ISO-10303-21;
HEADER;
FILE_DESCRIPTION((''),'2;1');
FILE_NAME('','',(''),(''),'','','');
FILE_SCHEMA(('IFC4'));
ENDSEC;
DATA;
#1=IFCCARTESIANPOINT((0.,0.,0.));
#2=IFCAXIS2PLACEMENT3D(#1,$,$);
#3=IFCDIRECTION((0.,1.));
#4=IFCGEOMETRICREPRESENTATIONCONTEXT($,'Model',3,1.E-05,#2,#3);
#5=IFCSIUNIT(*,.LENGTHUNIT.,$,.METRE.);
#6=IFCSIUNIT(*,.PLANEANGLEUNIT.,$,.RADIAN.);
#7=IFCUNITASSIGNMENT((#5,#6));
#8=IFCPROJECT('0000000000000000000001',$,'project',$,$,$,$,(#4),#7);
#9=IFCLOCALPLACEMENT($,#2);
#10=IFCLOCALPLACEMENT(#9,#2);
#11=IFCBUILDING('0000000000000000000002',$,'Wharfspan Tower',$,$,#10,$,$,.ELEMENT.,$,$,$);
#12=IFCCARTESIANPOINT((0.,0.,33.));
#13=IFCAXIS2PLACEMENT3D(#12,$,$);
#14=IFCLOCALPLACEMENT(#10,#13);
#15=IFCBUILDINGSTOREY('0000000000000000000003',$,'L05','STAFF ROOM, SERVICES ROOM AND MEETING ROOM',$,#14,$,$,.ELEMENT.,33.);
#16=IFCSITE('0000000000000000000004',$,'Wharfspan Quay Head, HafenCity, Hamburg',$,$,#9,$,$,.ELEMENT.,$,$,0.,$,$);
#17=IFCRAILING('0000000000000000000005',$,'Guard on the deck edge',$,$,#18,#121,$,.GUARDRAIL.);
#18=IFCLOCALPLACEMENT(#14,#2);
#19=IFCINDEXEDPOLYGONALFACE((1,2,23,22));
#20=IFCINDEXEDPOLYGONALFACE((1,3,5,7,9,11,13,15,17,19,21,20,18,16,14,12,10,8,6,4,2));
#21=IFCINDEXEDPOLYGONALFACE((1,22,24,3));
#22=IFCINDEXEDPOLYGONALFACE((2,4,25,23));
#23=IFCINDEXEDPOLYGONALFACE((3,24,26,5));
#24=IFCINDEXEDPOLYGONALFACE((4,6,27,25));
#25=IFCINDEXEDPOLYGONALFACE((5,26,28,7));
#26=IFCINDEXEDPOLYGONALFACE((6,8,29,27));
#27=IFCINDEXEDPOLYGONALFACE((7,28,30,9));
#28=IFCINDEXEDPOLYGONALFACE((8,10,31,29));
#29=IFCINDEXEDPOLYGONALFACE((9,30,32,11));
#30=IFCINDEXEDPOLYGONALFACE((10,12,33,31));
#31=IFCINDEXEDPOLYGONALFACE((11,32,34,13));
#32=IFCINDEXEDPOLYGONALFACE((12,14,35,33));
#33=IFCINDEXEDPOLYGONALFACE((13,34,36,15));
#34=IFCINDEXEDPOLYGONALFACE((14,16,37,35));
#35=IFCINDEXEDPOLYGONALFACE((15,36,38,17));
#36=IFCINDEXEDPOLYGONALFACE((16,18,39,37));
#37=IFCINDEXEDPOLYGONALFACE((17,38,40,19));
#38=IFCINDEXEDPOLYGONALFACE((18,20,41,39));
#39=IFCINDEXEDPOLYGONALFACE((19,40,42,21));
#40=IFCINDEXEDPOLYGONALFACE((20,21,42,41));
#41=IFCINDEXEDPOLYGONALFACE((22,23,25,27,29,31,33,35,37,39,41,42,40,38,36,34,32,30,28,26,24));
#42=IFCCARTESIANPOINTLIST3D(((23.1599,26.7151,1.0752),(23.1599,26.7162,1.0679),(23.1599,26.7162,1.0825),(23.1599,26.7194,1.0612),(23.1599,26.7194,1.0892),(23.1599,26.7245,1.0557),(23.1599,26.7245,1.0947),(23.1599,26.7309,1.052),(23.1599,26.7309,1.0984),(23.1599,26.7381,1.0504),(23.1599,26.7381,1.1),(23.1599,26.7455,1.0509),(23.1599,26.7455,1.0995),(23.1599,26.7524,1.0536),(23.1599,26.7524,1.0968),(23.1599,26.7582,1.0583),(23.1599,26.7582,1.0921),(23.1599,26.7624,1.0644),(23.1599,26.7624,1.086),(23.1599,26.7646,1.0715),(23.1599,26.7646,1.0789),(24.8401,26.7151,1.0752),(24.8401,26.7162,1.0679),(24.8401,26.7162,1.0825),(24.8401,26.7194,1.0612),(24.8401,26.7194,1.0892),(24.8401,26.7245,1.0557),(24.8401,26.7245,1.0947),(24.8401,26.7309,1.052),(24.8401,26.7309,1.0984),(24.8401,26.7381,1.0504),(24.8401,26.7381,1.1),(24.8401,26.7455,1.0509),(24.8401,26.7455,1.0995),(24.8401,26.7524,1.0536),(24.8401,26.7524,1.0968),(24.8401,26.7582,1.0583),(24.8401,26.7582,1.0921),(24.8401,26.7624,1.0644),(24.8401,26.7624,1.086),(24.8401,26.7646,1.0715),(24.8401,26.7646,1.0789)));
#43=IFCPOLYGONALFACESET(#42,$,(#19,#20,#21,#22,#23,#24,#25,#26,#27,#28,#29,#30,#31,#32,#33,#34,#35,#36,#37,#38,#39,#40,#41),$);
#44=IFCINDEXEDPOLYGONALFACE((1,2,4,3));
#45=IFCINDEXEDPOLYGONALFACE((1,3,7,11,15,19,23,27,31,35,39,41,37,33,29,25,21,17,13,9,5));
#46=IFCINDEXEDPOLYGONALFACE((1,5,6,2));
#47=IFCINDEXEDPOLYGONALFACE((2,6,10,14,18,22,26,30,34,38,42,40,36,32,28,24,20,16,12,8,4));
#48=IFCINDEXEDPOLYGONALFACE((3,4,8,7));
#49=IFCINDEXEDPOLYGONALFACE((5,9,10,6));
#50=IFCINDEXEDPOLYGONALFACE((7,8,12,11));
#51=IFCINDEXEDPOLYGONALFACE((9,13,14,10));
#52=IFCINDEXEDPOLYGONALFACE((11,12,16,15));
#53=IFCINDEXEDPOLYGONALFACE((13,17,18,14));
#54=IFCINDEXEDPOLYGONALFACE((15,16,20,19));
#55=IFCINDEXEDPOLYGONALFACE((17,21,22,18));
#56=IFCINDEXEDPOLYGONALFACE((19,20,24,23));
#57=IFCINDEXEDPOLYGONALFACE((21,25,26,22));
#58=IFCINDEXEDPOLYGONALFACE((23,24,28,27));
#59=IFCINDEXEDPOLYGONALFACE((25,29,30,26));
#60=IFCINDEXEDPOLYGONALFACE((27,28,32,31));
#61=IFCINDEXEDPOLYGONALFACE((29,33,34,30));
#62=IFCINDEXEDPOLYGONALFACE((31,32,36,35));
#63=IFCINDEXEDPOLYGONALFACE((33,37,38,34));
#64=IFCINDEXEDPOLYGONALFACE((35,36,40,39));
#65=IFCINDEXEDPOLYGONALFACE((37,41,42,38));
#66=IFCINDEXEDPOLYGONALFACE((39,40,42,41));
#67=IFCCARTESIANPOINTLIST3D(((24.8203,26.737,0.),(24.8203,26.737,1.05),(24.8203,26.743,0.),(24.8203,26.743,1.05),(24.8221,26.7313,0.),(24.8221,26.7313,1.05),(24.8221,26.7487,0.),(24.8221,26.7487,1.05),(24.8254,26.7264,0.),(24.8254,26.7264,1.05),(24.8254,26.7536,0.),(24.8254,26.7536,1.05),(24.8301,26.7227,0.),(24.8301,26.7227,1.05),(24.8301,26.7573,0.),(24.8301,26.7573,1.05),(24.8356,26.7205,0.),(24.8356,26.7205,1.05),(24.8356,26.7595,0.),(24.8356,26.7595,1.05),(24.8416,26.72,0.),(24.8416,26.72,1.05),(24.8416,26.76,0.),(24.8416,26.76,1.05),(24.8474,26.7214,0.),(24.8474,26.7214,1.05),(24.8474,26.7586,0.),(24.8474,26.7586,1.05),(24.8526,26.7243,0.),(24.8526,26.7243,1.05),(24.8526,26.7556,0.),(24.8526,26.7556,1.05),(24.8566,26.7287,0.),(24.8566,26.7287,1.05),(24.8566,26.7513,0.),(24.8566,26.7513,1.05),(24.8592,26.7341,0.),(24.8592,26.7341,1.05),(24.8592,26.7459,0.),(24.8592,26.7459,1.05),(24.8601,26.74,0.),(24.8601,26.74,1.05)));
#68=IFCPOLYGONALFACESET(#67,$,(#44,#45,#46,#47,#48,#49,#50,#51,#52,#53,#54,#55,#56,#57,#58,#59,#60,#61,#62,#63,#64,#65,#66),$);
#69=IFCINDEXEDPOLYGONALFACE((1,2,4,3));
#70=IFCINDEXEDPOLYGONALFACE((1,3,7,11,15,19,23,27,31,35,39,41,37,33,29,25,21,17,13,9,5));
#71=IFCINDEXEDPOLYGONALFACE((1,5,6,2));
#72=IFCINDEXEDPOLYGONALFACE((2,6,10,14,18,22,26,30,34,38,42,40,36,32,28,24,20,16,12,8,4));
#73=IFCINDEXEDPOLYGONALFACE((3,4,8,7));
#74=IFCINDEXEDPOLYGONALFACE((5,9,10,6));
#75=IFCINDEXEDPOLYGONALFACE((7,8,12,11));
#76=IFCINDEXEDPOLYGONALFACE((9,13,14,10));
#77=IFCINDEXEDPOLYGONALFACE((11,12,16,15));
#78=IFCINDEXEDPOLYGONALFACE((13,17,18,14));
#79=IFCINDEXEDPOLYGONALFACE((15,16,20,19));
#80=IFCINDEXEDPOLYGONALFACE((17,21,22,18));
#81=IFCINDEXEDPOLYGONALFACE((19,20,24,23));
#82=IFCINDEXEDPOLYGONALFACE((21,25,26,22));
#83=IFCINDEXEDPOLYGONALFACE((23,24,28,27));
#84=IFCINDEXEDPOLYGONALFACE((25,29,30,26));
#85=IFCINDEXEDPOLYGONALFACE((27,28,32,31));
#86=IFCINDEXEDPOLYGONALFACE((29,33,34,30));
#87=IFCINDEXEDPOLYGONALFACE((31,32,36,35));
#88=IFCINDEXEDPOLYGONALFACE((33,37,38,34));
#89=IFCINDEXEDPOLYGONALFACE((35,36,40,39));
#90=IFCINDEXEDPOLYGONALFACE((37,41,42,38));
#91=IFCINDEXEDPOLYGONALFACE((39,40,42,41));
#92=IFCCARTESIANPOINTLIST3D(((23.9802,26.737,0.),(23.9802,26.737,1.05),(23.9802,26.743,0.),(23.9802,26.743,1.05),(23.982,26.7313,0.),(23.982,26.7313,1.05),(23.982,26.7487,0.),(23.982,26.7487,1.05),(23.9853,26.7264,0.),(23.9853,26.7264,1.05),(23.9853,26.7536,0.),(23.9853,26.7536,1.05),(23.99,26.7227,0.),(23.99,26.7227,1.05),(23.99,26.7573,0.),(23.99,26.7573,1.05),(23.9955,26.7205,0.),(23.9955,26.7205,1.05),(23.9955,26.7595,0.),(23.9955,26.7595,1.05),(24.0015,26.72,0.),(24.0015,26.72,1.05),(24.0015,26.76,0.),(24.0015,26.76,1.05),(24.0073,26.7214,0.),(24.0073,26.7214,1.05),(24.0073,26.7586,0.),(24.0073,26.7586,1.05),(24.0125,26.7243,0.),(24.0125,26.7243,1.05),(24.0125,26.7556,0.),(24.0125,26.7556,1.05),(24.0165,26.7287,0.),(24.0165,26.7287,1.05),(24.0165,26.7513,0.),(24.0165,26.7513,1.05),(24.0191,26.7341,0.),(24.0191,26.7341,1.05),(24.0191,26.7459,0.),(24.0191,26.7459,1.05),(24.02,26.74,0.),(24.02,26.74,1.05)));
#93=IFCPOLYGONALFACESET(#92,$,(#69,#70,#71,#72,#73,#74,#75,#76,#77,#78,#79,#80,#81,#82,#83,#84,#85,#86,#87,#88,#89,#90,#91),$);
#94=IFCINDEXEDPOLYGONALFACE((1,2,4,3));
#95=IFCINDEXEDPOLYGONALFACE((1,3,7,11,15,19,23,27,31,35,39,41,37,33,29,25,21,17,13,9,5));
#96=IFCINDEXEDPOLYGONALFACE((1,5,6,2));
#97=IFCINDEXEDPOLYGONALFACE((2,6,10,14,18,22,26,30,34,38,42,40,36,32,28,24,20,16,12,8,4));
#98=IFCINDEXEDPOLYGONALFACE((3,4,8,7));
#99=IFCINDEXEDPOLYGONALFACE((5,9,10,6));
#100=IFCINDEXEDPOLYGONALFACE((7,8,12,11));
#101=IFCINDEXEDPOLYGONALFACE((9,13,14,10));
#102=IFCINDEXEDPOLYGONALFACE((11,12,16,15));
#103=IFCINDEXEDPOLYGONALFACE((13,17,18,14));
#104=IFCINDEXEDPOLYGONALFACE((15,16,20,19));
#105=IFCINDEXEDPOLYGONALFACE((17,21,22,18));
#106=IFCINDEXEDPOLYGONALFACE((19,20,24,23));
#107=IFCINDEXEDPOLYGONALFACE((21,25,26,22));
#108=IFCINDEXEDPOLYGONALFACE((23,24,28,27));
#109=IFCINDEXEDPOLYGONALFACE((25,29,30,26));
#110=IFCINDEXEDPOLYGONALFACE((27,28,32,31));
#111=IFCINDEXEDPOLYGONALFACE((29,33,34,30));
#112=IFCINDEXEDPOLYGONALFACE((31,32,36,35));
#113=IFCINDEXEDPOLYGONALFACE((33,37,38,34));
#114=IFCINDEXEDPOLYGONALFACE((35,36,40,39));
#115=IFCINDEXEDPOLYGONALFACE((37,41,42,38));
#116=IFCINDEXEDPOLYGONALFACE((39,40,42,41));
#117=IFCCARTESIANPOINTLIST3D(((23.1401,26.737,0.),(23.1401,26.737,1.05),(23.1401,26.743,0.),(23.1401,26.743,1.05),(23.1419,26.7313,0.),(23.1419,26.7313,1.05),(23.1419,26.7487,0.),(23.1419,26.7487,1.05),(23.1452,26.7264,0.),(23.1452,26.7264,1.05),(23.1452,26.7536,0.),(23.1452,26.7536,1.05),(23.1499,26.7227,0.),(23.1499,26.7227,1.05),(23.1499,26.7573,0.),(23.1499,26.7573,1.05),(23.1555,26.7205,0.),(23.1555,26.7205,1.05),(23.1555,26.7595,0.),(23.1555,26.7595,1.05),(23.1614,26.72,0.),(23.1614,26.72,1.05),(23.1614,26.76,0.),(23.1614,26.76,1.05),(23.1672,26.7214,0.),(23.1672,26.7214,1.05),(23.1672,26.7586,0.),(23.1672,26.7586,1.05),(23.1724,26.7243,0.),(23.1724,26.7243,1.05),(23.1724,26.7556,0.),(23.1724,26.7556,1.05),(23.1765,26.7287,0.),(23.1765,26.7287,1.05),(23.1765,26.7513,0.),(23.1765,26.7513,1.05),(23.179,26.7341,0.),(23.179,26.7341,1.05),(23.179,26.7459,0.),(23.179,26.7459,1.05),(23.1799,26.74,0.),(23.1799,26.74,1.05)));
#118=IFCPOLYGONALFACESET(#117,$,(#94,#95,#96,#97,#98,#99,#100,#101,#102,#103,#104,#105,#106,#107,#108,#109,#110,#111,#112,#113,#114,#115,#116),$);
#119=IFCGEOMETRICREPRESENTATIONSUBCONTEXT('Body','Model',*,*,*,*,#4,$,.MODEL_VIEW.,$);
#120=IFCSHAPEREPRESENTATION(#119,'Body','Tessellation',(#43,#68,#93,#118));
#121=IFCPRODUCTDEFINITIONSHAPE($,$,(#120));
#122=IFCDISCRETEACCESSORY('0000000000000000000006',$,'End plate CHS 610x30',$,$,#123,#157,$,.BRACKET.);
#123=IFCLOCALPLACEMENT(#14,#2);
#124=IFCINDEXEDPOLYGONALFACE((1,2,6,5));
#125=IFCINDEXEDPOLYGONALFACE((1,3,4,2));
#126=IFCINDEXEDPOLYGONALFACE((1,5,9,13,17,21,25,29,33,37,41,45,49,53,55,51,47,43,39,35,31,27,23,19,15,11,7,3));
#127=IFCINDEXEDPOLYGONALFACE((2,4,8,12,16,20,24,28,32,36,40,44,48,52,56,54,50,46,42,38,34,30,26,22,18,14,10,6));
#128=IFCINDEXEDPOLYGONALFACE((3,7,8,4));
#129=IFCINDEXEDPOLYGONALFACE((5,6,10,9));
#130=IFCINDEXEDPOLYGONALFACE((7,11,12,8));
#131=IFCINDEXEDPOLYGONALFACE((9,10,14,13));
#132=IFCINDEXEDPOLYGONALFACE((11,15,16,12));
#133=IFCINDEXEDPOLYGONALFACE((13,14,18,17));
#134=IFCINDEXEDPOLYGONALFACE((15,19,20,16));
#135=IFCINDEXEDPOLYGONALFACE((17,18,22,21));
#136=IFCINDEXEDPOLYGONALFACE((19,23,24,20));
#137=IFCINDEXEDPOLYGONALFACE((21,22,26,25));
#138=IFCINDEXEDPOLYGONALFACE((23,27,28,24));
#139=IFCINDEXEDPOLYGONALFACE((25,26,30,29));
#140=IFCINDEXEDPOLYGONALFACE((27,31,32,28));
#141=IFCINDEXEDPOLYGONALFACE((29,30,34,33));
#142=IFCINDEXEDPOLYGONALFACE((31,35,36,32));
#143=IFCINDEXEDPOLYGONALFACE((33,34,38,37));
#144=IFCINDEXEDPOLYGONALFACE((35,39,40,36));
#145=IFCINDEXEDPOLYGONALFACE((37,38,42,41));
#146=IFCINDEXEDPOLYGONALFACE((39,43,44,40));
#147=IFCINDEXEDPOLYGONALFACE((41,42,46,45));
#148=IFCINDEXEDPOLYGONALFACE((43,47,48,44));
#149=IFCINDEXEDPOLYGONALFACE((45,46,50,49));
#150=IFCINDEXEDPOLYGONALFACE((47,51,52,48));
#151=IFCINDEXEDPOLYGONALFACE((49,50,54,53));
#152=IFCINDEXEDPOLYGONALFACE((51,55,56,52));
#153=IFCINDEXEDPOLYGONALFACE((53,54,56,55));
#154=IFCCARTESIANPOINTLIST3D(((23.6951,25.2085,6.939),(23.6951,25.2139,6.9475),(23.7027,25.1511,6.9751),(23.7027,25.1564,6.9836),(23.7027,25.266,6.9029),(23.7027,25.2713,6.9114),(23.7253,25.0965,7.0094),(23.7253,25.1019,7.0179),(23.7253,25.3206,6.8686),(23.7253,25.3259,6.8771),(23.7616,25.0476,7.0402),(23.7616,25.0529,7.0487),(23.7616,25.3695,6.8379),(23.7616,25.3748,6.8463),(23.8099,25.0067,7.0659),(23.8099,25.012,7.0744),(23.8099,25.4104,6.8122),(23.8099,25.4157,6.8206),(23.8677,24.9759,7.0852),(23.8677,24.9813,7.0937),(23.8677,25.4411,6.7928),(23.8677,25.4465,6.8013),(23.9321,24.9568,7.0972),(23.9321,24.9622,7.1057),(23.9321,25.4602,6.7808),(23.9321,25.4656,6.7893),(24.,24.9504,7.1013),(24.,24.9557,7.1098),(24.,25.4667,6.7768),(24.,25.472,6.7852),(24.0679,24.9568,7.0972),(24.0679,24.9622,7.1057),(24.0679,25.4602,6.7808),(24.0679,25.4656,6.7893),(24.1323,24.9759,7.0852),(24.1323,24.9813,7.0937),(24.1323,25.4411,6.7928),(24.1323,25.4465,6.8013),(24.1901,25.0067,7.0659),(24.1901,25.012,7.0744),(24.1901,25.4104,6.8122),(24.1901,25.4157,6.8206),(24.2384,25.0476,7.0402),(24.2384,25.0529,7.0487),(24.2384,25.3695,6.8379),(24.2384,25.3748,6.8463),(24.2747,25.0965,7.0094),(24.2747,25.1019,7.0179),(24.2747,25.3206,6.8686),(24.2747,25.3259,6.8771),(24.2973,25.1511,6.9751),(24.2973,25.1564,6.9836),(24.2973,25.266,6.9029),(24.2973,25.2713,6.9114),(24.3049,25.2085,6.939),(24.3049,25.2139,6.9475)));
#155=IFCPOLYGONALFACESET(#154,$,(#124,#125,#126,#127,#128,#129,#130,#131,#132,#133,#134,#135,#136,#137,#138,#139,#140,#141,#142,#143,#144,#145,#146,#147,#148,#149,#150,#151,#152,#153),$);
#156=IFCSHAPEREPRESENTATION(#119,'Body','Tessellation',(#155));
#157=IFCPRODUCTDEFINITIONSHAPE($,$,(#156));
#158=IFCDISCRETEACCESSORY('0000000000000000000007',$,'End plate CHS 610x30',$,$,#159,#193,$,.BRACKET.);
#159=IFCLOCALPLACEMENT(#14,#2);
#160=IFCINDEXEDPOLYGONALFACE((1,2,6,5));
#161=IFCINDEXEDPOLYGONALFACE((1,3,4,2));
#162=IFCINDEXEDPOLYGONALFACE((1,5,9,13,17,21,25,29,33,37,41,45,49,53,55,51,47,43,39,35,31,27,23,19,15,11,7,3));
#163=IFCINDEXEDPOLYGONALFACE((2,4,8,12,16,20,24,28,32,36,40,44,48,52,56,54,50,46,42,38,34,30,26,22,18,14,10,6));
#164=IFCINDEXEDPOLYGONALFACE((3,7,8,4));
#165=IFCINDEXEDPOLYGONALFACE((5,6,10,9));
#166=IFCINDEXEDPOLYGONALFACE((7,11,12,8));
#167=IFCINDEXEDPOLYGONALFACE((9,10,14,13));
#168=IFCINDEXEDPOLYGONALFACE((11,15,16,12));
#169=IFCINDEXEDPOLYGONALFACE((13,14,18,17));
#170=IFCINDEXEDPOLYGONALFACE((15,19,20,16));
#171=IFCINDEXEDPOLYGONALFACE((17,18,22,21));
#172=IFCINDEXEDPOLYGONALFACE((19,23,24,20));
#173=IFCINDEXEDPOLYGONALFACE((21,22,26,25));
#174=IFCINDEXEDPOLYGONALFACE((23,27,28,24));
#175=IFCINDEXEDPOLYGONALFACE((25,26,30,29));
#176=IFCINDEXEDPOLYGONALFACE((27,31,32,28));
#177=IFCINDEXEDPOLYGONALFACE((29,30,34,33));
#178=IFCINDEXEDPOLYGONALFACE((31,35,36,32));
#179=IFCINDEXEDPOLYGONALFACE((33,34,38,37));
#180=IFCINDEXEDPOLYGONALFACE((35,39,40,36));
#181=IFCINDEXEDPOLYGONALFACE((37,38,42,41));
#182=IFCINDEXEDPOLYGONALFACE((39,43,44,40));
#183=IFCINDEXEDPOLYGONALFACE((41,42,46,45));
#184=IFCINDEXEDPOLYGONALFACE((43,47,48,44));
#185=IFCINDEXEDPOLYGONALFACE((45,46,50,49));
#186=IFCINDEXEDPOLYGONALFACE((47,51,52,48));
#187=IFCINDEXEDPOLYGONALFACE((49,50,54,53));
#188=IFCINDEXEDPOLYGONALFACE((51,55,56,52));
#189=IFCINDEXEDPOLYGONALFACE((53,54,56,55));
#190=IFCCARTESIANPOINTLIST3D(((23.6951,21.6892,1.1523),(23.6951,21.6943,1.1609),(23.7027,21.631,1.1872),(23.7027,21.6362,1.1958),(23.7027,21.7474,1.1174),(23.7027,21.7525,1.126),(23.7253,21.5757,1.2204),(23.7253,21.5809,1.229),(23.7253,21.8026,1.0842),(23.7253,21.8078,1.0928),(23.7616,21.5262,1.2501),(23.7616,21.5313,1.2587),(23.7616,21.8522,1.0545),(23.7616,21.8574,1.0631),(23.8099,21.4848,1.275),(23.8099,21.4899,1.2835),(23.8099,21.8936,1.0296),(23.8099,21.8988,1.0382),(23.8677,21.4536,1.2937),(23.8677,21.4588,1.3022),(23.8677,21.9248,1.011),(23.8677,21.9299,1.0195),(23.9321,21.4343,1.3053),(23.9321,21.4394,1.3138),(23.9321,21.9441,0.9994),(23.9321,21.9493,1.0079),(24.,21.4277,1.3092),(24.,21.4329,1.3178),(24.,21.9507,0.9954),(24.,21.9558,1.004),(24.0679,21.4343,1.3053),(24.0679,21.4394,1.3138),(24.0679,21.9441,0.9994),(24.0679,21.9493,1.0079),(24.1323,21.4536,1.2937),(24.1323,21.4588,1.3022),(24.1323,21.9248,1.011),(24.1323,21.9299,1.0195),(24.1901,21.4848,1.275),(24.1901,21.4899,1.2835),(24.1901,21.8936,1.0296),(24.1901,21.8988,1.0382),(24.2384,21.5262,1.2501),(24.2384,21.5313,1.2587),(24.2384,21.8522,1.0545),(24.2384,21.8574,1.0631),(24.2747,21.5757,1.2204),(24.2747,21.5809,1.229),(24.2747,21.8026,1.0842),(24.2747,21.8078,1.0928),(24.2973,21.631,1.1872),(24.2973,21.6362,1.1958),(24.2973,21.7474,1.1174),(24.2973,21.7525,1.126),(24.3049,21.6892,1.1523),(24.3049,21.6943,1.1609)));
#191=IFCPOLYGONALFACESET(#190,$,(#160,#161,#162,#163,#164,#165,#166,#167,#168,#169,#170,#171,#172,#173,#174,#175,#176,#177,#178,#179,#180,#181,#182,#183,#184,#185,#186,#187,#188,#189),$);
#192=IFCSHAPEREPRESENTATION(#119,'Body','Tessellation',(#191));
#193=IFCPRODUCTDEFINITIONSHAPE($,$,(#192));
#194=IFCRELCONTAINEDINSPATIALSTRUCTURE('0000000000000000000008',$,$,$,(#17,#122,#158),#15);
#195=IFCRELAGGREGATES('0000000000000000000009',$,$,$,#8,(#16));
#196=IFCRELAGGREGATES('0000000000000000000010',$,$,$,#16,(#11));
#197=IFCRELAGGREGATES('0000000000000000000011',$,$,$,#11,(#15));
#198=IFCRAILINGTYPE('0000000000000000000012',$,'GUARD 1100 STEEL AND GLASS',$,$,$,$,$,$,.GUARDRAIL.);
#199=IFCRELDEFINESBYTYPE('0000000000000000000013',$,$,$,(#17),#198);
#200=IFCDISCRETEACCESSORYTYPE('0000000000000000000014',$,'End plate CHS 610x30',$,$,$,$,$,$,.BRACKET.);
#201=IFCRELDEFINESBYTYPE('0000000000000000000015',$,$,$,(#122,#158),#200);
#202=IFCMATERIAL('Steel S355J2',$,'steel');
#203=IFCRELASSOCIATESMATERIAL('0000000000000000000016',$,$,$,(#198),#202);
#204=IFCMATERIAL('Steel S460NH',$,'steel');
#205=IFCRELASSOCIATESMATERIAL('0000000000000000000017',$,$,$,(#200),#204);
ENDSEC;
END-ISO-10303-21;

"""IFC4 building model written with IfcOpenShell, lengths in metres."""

from ifc_helpers import new_model, si_unit, direction, frame, origin, origin_2d, place, context, subcontext, project, spatial, circle, extrude, material, material_profile, profile_set, type_object, element, save


model = new_model("IFC4")

# Units and contexts
model_context = context("Model", 3, precision=1e-05, world=origin(), true_north=direction((0.0, 1.0)))
body_context = subcontext(model_context, "Body", "Model", "MODEL_VIEW")
ifc_project = project(units=[si_unit("LENGTHUNIT", "METRE"), si_unit("PLANEANGLEUNIT", "RADIAN")], contexts=[model_context])

# Site, building, storey
site_placement = place(None, origin())
site = spatial("IfcSite", under=ifc_project, at=site_placement, Name="Wharfspan Quay Head, HafenCity, Hamburg", CompositionType="ELEMENT", RefElevation=0.0)
building_placement = place(site_placement, origin())
building = spatial("IfcBuilding", under=site, at=building_placement, Name="Wharfspan Tower", CompositionType="ELEMENT")
storey_placement = place(building_placement, frame((0.0, 0.0, 33.0)))
storey = spatial("IfcBuildingStorey", under=building, at=storey_placement, Name="L05", Description="STAFF ROOM, SERVICES ROOM AND MEETING ROOM", CompositionType="ELEMENT", Elevation=33.0)

# Shared definitions
ifc_material_1 = material(Name="Steel S460NH", Category="steel")

# Railing
ifc_material_2 = material(Name="Steel S355J2", Category="steel")
railing_type = type_object("IfcRailingType", Name="GUARD 1100 STEEL AND GLASS", PredefinedType="GUARDRAIL", material=ifc_material_2)
railing_1_placement = place(storey_placement, frame((24.8401, 26.74, 0.0)))
element("IfcRailing", 1, at=railing_1_placement, inside=storey, type_object=railing_type, Name="Guard on the deck edge", PredefinedType="GUARDRAIL", context=body_context, shape_type="SweptSolid", body=[
    extrude(circle(Radius=0.0249, at=origin_2d()), frame((0.0, 0.0, 1.0752), z_axis=(-1.0, 0.0, 0.0), x_axis=(0.0, -1.0, 0.0)), (0.0, 0.0, 1.0), 1.6802),
    extrude(circle(Radius=0.02, at=origin_2d()), origin(), (0.0, 0.0, 1.0), 1.05),
    extrude(circle(Radius=0.02, at=origin_2d()), frame((-0.8401, 0.0, 0.0)), (0.0, 0.0, 1.0), 1.05),
    extrude(circle(Radius=0.02, at=origin_2d()), frame((-1.6802, 0.0, 0.0)), (0.0, 0.0, 1.0), 1.05),
])

# Discrete accessories
ifc_material_profile_1 = material_profile(ifc_material_1, circle(Radius=0.3049, at=origin_2d()))
ifc_profile_set_1 = profile_set([ifc_material_profile_1], Name="Steel S460NH")
discrete_accessory_type = type_object("IfcDiscreteAccessoryType", Name="End plate CHS 610x30", PredefinedType="BRACKET", material=ifc_profile_set_1)
for number, where, z_axis, x_axis, name in (
    (2, (24.0, 25.2139, 6.9475), (0.0, -0.532172, -0.846637), (1.0, 0.0, 0.0), "End plate CHS 610x30"),
    (3, (24.0, 21.6943, 1.1609), (0.0, -0.514496, -0.857493), (1.0, 0.0, 0.0), "End plate CHS 610x30"),
):
    element("IfcDiscreteAccessory", number, at=place(storey_placement, frame(where, z_axis=z_axis, x_axis=x_axis)), inside=storey, type_object=discrete_accessory_type, Name=name, PredefinedType="BRACKET", context=body_context, shape_type="SweptSolid", body=[
        extrude(circle(Radius=0.3049, at=origin_2d()), origin(), (0.0, 0.0, 1.0), 0.01),
    ])

save(model, "model.ifc")
